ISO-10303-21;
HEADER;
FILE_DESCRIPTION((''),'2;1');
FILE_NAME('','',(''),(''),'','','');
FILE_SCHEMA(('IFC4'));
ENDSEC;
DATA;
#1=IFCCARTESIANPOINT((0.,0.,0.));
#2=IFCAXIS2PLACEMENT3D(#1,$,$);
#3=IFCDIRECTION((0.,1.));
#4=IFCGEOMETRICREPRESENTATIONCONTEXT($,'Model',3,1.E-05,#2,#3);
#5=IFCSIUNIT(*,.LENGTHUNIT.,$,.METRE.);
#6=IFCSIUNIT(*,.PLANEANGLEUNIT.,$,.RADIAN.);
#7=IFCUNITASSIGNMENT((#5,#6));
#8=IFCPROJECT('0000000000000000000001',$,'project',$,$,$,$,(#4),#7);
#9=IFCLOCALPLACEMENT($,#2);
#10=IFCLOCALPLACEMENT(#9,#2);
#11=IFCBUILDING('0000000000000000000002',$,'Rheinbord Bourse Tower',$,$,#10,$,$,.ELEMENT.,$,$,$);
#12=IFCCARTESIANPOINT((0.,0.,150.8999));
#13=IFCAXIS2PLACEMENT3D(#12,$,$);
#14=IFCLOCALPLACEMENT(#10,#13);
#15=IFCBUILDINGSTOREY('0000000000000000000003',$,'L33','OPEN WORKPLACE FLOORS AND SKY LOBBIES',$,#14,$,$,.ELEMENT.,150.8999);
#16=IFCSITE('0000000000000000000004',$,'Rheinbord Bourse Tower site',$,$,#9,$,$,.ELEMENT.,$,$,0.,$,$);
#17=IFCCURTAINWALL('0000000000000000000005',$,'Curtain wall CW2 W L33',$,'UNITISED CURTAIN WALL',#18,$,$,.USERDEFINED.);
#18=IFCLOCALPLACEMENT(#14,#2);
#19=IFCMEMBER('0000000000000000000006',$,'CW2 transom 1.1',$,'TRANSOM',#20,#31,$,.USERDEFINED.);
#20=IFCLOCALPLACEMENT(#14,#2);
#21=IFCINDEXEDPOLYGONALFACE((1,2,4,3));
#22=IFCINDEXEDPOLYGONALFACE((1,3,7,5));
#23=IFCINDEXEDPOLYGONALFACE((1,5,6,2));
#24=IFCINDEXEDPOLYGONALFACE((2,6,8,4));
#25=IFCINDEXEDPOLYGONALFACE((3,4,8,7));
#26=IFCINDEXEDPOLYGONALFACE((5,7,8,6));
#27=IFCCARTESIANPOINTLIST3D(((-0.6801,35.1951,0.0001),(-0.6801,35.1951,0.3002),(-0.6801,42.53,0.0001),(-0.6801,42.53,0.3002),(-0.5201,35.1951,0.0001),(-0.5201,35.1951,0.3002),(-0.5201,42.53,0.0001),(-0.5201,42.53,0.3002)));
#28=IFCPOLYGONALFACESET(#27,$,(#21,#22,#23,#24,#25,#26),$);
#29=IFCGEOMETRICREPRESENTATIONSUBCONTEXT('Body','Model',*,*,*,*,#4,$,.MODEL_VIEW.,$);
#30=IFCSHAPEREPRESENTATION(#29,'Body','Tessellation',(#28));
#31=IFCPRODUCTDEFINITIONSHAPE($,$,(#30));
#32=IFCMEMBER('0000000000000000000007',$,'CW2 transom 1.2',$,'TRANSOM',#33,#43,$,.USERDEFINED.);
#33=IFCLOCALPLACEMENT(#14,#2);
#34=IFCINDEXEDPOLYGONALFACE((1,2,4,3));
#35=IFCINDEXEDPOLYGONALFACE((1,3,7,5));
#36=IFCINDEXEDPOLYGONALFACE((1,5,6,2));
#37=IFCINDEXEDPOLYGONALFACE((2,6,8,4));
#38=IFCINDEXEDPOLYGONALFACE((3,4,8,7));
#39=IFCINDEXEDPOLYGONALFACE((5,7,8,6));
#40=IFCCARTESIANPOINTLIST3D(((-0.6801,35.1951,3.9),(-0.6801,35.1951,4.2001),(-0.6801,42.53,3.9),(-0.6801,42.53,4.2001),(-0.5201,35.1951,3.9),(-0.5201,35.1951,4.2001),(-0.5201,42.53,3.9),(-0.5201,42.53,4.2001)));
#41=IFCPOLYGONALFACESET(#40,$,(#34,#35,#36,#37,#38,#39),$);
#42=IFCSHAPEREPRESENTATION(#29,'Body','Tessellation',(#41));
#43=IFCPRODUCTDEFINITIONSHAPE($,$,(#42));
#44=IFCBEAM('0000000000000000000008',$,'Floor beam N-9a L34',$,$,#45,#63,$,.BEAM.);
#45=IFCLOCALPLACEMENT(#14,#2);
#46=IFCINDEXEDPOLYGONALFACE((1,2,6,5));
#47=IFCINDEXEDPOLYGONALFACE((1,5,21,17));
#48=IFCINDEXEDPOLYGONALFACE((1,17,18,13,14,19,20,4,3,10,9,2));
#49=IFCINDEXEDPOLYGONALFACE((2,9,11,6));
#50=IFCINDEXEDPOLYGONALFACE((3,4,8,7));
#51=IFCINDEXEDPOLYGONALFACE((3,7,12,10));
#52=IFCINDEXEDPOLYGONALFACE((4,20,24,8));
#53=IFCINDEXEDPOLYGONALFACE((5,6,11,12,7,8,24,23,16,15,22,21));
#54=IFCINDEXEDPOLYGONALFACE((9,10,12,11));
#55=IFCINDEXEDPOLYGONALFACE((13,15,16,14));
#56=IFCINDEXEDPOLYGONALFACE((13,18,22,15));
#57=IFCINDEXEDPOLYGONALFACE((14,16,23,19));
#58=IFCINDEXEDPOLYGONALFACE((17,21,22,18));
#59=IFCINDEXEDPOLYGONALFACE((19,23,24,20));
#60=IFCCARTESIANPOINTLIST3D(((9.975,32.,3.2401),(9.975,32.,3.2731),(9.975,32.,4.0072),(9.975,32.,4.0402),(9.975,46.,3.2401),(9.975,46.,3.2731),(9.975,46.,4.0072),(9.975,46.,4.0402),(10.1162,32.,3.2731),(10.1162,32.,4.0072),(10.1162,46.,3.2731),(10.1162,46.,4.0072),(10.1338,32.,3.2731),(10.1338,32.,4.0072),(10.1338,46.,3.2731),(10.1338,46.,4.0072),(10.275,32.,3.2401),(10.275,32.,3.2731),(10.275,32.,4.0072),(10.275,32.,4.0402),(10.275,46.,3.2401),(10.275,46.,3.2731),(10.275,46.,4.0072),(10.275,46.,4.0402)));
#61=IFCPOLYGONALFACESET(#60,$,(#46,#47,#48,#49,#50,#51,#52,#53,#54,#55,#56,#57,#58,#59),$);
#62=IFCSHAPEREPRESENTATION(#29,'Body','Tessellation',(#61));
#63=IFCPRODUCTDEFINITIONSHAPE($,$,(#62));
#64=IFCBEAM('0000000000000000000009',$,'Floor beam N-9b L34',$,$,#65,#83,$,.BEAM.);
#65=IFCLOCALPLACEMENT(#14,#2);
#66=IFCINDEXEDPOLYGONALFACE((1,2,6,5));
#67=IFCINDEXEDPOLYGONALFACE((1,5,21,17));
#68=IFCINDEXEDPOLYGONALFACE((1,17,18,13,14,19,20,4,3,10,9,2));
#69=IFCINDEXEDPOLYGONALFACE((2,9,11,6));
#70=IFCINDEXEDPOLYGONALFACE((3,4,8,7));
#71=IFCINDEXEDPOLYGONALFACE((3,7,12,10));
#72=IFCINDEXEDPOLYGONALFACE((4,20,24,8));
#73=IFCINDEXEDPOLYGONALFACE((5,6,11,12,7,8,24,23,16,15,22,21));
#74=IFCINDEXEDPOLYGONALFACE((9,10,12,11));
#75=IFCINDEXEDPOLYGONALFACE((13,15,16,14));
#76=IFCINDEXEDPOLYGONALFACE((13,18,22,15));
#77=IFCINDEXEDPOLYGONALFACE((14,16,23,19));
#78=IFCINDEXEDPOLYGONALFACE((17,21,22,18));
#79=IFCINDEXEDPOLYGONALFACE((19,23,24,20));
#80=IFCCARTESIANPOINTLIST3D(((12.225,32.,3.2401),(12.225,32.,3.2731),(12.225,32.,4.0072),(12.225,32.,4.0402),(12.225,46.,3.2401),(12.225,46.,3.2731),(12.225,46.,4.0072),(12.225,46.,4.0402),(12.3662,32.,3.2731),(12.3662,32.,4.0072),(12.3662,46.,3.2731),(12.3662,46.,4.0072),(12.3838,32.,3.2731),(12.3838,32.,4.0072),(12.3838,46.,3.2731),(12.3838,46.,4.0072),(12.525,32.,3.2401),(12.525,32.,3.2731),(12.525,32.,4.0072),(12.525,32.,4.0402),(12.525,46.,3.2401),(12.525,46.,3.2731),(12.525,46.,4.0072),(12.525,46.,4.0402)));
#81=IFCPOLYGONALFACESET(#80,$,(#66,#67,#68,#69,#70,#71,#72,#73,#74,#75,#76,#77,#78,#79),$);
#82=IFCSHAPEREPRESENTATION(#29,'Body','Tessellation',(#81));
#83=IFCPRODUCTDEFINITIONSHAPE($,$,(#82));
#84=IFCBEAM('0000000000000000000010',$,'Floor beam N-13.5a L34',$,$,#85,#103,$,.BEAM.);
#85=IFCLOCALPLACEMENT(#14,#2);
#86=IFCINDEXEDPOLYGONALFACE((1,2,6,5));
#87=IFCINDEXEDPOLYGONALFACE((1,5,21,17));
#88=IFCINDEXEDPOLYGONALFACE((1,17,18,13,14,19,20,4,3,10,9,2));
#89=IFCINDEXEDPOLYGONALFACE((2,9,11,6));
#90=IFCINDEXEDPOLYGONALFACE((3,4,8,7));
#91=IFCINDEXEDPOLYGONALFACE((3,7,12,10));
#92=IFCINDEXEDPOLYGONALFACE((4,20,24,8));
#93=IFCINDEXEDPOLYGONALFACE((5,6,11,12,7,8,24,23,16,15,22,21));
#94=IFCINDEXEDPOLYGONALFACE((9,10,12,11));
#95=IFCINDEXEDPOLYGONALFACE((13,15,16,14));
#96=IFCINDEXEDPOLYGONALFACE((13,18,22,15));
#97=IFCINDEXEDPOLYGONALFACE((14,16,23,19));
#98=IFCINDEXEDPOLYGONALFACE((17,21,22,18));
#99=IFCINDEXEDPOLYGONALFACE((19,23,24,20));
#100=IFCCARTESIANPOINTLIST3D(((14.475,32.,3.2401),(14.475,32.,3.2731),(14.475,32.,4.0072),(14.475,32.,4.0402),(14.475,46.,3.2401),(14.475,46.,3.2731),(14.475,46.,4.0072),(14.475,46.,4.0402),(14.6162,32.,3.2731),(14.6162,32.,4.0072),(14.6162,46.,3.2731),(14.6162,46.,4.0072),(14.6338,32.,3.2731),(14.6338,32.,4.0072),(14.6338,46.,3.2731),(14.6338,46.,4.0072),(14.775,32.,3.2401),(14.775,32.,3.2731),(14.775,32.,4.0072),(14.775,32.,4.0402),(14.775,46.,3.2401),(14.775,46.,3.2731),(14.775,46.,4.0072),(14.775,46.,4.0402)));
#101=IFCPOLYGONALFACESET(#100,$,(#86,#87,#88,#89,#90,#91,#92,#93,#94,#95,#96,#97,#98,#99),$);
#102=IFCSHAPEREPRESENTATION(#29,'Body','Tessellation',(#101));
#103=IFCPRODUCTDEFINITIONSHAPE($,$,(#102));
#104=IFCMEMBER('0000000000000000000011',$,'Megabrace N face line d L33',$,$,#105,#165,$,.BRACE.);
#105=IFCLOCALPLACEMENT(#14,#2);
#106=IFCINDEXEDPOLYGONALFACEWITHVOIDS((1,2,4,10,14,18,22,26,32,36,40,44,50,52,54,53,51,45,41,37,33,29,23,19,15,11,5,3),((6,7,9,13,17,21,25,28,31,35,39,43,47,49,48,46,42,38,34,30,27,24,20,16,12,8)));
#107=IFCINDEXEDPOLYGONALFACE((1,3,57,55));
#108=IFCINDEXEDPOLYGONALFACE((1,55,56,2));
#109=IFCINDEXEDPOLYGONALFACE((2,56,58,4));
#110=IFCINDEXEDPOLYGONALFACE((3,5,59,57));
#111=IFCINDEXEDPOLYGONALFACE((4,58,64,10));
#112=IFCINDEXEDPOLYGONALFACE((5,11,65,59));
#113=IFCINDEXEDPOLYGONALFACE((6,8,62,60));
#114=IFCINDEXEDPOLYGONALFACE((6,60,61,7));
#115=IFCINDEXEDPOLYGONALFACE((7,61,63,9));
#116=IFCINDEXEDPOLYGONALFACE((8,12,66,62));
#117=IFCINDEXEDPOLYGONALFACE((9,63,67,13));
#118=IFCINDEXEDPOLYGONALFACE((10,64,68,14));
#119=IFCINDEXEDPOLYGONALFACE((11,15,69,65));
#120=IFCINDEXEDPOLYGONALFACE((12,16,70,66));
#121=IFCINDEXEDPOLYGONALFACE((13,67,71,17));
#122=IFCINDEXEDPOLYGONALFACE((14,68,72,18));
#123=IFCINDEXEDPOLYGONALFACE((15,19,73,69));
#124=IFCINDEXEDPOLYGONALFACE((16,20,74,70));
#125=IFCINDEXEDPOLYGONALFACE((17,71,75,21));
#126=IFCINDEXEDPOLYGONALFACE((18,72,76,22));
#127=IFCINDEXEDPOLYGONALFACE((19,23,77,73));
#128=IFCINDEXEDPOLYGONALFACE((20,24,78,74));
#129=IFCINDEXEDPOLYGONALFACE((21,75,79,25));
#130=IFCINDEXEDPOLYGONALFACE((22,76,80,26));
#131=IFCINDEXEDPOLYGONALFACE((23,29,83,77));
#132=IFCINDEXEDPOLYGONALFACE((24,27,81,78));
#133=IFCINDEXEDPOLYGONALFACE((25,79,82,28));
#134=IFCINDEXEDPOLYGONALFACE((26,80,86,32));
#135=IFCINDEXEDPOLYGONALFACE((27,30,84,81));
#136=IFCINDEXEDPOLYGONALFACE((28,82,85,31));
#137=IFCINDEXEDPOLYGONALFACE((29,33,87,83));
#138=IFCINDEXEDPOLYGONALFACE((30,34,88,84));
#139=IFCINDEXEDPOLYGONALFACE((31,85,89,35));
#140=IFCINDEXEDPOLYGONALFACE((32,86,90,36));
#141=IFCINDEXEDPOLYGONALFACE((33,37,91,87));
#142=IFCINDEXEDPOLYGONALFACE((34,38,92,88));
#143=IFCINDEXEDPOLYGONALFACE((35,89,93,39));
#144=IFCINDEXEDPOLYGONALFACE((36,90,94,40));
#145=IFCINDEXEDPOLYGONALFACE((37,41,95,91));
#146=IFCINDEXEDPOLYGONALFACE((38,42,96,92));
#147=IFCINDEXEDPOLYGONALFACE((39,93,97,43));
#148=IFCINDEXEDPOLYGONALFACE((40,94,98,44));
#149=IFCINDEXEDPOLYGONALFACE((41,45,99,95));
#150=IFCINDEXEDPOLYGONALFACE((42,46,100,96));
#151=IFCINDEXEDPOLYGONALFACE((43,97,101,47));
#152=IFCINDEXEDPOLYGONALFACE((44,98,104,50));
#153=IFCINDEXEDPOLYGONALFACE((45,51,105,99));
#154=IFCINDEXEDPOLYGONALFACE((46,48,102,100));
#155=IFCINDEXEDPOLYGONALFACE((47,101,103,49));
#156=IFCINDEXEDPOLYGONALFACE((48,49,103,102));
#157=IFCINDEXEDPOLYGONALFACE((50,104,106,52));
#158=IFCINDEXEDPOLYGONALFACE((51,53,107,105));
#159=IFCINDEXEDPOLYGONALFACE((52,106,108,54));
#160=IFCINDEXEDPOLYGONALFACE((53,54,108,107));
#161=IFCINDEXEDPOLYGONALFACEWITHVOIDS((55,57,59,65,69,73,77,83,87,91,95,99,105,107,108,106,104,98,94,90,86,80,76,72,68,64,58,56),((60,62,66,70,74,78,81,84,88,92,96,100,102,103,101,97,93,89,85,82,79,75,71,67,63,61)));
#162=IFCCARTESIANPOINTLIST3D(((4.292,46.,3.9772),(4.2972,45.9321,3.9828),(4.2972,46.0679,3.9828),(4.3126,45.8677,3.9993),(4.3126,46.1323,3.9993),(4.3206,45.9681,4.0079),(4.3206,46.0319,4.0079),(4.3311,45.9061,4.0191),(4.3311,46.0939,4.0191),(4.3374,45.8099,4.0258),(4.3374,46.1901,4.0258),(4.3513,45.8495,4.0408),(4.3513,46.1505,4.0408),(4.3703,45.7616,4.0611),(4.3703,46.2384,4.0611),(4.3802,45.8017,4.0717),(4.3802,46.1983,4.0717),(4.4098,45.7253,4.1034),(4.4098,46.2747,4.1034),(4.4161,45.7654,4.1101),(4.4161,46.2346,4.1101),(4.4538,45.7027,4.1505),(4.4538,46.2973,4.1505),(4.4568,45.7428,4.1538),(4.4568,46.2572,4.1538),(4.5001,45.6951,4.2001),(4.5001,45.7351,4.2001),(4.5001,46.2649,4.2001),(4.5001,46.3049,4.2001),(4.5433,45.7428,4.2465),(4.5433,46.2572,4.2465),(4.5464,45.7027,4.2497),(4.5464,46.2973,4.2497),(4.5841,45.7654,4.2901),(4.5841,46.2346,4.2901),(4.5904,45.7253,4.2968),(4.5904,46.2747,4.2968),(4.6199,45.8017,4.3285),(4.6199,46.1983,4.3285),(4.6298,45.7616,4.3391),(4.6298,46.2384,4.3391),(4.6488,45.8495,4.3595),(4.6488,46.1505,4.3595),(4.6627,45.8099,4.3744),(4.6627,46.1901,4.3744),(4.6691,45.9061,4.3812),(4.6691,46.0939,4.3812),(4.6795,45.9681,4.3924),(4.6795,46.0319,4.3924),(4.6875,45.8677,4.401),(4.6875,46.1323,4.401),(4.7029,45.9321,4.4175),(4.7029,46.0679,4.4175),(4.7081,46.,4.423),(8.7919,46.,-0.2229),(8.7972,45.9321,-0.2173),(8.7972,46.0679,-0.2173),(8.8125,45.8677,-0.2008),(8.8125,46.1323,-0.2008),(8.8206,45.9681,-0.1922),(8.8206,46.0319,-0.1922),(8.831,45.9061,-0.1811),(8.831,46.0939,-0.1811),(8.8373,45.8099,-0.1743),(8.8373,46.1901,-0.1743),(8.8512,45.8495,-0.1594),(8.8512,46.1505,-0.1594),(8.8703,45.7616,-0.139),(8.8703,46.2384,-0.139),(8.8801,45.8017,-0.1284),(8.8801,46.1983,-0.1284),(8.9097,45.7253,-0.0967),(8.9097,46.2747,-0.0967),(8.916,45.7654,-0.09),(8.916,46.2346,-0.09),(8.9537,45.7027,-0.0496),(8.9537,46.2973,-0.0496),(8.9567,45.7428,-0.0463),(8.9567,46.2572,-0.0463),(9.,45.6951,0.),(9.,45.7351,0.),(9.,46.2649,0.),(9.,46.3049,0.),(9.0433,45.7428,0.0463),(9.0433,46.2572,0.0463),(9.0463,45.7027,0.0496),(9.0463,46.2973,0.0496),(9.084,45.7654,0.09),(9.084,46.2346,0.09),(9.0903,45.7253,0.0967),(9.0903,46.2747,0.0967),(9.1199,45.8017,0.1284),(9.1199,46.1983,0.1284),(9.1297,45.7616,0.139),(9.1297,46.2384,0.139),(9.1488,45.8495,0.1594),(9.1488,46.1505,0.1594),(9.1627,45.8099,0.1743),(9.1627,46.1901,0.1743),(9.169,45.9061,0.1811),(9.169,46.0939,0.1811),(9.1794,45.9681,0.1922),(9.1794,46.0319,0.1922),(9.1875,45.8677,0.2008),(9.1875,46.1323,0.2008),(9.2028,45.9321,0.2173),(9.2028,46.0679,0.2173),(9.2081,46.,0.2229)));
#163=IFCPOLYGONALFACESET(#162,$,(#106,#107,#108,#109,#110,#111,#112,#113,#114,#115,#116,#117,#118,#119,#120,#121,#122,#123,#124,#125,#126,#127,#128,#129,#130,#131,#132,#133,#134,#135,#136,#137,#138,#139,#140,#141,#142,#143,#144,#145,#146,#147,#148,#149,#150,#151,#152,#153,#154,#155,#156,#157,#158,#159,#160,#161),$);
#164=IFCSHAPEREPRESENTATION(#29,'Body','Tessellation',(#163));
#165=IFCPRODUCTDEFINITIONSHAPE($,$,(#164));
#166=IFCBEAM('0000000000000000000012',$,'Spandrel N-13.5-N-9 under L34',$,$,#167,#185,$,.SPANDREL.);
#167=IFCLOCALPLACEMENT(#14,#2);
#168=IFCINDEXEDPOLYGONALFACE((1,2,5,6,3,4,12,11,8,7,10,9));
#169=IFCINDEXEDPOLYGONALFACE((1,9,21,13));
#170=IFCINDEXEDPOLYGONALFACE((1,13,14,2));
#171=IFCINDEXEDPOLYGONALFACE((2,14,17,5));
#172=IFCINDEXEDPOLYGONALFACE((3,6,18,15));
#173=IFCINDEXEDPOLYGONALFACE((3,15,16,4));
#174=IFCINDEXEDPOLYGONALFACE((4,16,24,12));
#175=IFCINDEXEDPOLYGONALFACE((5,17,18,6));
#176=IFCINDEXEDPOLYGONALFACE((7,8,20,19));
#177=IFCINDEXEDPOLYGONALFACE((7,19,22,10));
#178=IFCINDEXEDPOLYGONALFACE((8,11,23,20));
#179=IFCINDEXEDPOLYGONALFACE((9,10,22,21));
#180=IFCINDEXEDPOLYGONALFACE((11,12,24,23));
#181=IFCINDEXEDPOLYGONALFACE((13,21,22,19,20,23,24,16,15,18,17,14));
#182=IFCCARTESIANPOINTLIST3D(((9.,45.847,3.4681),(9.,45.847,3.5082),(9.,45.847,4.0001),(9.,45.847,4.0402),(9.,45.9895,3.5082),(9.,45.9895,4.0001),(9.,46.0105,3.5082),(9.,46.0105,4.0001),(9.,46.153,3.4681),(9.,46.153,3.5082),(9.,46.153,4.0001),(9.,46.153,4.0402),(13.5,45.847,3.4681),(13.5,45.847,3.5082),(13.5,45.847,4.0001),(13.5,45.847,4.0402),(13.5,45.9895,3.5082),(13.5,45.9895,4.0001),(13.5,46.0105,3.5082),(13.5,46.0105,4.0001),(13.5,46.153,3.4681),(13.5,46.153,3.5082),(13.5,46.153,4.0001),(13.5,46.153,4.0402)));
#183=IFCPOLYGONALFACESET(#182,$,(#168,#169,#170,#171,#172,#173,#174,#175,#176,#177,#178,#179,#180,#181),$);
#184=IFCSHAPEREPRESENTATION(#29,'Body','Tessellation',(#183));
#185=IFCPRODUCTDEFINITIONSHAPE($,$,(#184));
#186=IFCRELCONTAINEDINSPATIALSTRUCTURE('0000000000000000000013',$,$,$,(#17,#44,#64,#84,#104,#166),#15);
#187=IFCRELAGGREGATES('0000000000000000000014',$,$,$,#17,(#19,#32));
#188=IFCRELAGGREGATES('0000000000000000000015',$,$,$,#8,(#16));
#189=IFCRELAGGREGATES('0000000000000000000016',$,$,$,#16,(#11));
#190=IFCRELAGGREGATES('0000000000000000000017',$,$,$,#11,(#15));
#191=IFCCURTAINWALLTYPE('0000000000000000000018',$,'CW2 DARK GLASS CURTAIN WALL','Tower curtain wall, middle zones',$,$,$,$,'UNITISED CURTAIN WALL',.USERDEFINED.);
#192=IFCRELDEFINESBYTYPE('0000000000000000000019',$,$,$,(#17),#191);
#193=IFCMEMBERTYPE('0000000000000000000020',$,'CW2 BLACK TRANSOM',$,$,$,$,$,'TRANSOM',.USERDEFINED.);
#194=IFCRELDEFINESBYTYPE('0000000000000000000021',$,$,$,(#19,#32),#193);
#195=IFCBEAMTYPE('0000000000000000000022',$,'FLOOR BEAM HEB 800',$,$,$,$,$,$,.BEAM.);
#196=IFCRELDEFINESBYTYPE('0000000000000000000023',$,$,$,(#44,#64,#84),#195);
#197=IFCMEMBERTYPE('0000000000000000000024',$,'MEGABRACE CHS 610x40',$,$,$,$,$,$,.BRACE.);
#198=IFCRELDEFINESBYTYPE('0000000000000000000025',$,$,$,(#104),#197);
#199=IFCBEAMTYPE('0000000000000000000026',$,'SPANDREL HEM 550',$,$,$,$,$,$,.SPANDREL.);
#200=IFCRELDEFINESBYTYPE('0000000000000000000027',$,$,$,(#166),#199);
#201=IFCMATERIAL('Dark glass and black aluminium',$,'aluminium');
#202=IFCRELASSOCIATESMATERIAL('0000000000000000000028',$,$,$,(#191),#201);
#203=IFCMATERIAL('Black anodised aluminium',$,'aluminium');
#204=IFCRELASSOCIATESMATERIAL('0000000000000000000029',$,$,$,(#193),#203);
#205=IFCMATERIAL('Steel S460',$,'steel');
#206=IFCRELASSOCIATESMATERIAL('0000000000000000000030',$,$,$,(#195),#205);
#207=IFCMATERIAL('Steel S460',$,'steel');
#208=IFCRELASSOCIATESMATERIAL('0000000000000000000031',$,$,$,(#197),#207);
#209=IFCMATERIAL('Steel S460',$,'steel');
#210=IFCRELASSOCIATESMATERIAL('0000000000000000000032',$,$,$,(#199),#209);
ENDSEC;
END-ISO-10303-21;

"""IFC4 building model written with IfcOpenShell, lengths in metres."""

from ifc_helpers import new_model, si_unit, direction, frame, origin, origin_2d, place, context, subcontext, project, spatial, rectangle, hollow_circle, i_section, extrude, material, material_profile, profile_set, type_object, element, aggregate, save


model = new_model("IFC4")

# Units and contexts
model_context = context("Model", 3, precision=1e-05, world=origin(), true_north=direction((0.0, 1.0)))
body_context = subcontext(model_context, "Body", "Model", "MODEL_VIEW")
ifc_project = project(units=[si_unit("LENGTHUNIT", "METRE"), si_unit("PLANEANGLEUNIT", "RADIAN")], contexts=[model_context])

# Site, building, storey
site_placement = place(None, origin())
site = spatial("IfcSite", under=ifc_project, at=site_placement, Name="Rheinbord Bourse Tower site", CompositionType="ELEMENT", RefElevation=0.0)
building_placement = place(site_placement, origin())
building = spatial("IfcBuilding", under=site, at=building_placement, Name="Rheinbord Bourse Tower", CompositionType="ELEMENT")
storey_placement = place(building_placement, frame((0.0, 0.0, 150.8999)))
storey = spatial("IfcBuildingStorey", under=building, at=storey_placement, Name="L33", Description="OPEN WORKPLACE FLOORS AND SKY LOBBIES", CompositionType="ELEMENT", Elevation=150.8999)

# Shared definitions
ifc_material_1 = material(Name="Dark glass and black aluminium", Category="aluminium")
curtain_wall_type = type_object("IfcCurtainWallType", Name="CW2 DARK GLASS CURTAIN WALL", Description="Tower curtain wall, middle zones", ElementType="UNITISED CURTAIN WALL", PredefinedType="USERDEFINED", material=ifc_material_1)

# Curtain wall
curtain_wall_1_placement = place(storey_placement, origin())
curtain_wall_1 = element("IfcCurtainWall", 1, at=curtain_wall_1_placement, inside=storey, type_object=curtain_wall_type, Name="Curtain wall CW2 W L33", ObjectType="UNITISED CURTAIN WALL", PredefinedType="USERDEFINED")

# Members
ifc_material_2 = material(Name="Black anodised aluminium", Category="aluminium")
ifc_material_profile_1 = material_profile(ifc_material_2, rectangle(XDim=0.1599, YDim=0.3, at=origin_2d()), Name="CW2 TRANSOM 300x160")
ifc_profile_set_1 = profile_set([ifc_material_profile_1], Name="Black anodised aluminium")
member_type_1 = type_object("IfcMemberType", Name="CW2 BLACK TRANSOM", ElementType="TRANSOM", PredefinedType="USERDEFINED", material=ifc_profile_set_1)
member_1_placement = place(storey_placement, frame((-0.6001, 42.53, 0.1501), z_axis=(0.0, -1.0, 0.0), x_axis=(1.0, 0.0, 0.0)))
member_1 = element("IfcMember", 2, at=member_1_placement, type_object=member_type_1, Name="CW2 transom 1.1", ObjectType="TRANSOM", PredefinedType="USERDEFINED", context=body_context, shape_type="SweptSolid", body=[
    extrude(rectangle(XDim=0.1599, YDim=0.3, at=origin_2d()), origin(), (0.0, 0.0, 1.0), 7.335),
])
member_2_placement = place(storey_placement, frame((-0.6001, 42.53, 4.05), z_axis=(0.0, -1.0, 0.0), x_axis=(1.0, 0.0, 0.0)))
member_2 = element("IfcMember", 3, at=member_2_placement, type_object=member_type_1, Name="CW2 transom 1.2", ObjectType="TRANSOM", PredefinedType="USERDEFINED", context=body_context, shape_type="SweptSolid", body=[
    extrude(rectangle(XDim=0.1599, YDim=0.3, at=origin_2d()), origin(), (0.0, 0.0, 1.0), 7.335),
])
aggregate(curtain_wall_1, [member_1, member_2])

# Beams
ifc_material_3 = material(Name="Steel S460", Category="steel")
ifc_material_profile_2 = material_profile(ifc_material_3, i_section(OverallWidth=0.3, OverallDepth=0.8, WebThickness=0.0176, FlangeThickness=0.033, at=origin_2d()), Name="HEB 800")
ifc_profile_set_2 = profile_set([ifc_material_profile_2], Name="Steel S460")
beam_type_1 = type_object("IfcBeamType", Name="FLOOR BEAM HEB 800", PredefinedType="BEAM", material=ifc_profile_set_2)
for number, where, z_axis, x_axis, name in (
    (4, (10.125, 46.0, 3.6401), (0.0, -1.0, 0.0), (1.0, 0.0, 0.0), "Floor beam N-9a L34"),
    (5, (12.375, 46.0, 3.6401), (0.0, -1.0, 0.0), (1.0, 0.0, 0.0), "Floor beam N-9b L34"),
    (6, (14.625, 46.0, 3.6401), (0.0, -1.0, 0.0), (1.0, 0.0, 0.0), "Floor beam N-13.5a L34"),
):
    element("IfcBeam", number, at=place(storey_placement, frame(where, z_axis=z_axis, x_axis=x_axis)), inside=storey, type_object=beam_type_1, Name=name, PredefinedType="BEAM", context=body_context, shape_type="SweptSolid", body=[
        extrude(i_section(OverallWidth=0.3, OverallDepth=0.8, WebThickness=0.0176, FlangeThickness=0.033, at=origin_2d()), origin(), (0.0, 0.0, 1.0), 14.0),
    ])

# Member
ifc_material_4 = material(Name="Steel S460", Category="steel")
ifc_material_profile_3 = material_profile(ifc_material_4, hollow_circle(Radius=0.3049, WallThickness=0.04, at=origin_2d()), Name="CHS 610x40")
ifc_profile_set_3 = profile_set([ifc_material_profile_3], Name="Steel S460")
member_type_2 = type_object("IfcMemberType", Name="MEGABRACE CHS 610x40", PredefinedType="BRACE", material=ifc_profile_set_3)
member_3_placement = place(storey_placement, frame((9.0, 46.0, 0.0), z_axis=(-0.731039, 0.0, 0.682335), x_axis=(0.0, -1.0, 0.0)))
element("IfcMember", 7, at=member_3_placement, inside=storey, type_object=member_type_2, Name="Megabrace N face line d L33", PredefinedType="BRACE", context=body_context, shape_type="SweptSolid", body=[
    extrude(hollow_circle(Radius=0.3049, WallThickness=0.04, at=origin_2d()), origin(), (0.0, 0.0, 1.0), 6.1555),
])

# Beam
ifc_material_5 = material(Name="Steel S460", Category="steel")
ifc_material_profile_4 = material_profile(ifc_material_5, i_section(OverallWidth=0.3059, OverallDepth=0.572, WebThickness=0.021, FlangeThickness=0.04, at=origin_2d()), Name="HEM 550")
ifc_profile_set_4 = profile_set([ifc_material_profile_4], Name="Steel S460")
beam_type_2 = type_object("IfcBeamType", Name="SPANDREL HEM 550", PredefinedType="SPANDREL", material=ifc_profile_set_4)
for number, where, z_axis, x_axis, name in (
    (8, (13.5, 46.0, 3.7542), (-1.0, 0.0, 0.0), (0.0, -1.0, 0.0), "Spandrel N-13.5-N-9 under L34"),
):
    element("IfcBeam", number, at=place(storey_placement, frame(where, z_axis=z_axis, x_axis=x_axis)), inside=storey, type_object=beam_type_2, Name=name, PredefinedType="SPANDREL", context=body_context, shape_type="SweptSolid", body=[
        extrude(i_section(OverallWidth=0.3059, OverallDepth=0.572, WebThickness=0.021, FlangeThickness=0.04, at=origin_2d()), origin(), (0.0, 0.0, 1.0), 4.5),
    ])

save(model, "model.ifc")
